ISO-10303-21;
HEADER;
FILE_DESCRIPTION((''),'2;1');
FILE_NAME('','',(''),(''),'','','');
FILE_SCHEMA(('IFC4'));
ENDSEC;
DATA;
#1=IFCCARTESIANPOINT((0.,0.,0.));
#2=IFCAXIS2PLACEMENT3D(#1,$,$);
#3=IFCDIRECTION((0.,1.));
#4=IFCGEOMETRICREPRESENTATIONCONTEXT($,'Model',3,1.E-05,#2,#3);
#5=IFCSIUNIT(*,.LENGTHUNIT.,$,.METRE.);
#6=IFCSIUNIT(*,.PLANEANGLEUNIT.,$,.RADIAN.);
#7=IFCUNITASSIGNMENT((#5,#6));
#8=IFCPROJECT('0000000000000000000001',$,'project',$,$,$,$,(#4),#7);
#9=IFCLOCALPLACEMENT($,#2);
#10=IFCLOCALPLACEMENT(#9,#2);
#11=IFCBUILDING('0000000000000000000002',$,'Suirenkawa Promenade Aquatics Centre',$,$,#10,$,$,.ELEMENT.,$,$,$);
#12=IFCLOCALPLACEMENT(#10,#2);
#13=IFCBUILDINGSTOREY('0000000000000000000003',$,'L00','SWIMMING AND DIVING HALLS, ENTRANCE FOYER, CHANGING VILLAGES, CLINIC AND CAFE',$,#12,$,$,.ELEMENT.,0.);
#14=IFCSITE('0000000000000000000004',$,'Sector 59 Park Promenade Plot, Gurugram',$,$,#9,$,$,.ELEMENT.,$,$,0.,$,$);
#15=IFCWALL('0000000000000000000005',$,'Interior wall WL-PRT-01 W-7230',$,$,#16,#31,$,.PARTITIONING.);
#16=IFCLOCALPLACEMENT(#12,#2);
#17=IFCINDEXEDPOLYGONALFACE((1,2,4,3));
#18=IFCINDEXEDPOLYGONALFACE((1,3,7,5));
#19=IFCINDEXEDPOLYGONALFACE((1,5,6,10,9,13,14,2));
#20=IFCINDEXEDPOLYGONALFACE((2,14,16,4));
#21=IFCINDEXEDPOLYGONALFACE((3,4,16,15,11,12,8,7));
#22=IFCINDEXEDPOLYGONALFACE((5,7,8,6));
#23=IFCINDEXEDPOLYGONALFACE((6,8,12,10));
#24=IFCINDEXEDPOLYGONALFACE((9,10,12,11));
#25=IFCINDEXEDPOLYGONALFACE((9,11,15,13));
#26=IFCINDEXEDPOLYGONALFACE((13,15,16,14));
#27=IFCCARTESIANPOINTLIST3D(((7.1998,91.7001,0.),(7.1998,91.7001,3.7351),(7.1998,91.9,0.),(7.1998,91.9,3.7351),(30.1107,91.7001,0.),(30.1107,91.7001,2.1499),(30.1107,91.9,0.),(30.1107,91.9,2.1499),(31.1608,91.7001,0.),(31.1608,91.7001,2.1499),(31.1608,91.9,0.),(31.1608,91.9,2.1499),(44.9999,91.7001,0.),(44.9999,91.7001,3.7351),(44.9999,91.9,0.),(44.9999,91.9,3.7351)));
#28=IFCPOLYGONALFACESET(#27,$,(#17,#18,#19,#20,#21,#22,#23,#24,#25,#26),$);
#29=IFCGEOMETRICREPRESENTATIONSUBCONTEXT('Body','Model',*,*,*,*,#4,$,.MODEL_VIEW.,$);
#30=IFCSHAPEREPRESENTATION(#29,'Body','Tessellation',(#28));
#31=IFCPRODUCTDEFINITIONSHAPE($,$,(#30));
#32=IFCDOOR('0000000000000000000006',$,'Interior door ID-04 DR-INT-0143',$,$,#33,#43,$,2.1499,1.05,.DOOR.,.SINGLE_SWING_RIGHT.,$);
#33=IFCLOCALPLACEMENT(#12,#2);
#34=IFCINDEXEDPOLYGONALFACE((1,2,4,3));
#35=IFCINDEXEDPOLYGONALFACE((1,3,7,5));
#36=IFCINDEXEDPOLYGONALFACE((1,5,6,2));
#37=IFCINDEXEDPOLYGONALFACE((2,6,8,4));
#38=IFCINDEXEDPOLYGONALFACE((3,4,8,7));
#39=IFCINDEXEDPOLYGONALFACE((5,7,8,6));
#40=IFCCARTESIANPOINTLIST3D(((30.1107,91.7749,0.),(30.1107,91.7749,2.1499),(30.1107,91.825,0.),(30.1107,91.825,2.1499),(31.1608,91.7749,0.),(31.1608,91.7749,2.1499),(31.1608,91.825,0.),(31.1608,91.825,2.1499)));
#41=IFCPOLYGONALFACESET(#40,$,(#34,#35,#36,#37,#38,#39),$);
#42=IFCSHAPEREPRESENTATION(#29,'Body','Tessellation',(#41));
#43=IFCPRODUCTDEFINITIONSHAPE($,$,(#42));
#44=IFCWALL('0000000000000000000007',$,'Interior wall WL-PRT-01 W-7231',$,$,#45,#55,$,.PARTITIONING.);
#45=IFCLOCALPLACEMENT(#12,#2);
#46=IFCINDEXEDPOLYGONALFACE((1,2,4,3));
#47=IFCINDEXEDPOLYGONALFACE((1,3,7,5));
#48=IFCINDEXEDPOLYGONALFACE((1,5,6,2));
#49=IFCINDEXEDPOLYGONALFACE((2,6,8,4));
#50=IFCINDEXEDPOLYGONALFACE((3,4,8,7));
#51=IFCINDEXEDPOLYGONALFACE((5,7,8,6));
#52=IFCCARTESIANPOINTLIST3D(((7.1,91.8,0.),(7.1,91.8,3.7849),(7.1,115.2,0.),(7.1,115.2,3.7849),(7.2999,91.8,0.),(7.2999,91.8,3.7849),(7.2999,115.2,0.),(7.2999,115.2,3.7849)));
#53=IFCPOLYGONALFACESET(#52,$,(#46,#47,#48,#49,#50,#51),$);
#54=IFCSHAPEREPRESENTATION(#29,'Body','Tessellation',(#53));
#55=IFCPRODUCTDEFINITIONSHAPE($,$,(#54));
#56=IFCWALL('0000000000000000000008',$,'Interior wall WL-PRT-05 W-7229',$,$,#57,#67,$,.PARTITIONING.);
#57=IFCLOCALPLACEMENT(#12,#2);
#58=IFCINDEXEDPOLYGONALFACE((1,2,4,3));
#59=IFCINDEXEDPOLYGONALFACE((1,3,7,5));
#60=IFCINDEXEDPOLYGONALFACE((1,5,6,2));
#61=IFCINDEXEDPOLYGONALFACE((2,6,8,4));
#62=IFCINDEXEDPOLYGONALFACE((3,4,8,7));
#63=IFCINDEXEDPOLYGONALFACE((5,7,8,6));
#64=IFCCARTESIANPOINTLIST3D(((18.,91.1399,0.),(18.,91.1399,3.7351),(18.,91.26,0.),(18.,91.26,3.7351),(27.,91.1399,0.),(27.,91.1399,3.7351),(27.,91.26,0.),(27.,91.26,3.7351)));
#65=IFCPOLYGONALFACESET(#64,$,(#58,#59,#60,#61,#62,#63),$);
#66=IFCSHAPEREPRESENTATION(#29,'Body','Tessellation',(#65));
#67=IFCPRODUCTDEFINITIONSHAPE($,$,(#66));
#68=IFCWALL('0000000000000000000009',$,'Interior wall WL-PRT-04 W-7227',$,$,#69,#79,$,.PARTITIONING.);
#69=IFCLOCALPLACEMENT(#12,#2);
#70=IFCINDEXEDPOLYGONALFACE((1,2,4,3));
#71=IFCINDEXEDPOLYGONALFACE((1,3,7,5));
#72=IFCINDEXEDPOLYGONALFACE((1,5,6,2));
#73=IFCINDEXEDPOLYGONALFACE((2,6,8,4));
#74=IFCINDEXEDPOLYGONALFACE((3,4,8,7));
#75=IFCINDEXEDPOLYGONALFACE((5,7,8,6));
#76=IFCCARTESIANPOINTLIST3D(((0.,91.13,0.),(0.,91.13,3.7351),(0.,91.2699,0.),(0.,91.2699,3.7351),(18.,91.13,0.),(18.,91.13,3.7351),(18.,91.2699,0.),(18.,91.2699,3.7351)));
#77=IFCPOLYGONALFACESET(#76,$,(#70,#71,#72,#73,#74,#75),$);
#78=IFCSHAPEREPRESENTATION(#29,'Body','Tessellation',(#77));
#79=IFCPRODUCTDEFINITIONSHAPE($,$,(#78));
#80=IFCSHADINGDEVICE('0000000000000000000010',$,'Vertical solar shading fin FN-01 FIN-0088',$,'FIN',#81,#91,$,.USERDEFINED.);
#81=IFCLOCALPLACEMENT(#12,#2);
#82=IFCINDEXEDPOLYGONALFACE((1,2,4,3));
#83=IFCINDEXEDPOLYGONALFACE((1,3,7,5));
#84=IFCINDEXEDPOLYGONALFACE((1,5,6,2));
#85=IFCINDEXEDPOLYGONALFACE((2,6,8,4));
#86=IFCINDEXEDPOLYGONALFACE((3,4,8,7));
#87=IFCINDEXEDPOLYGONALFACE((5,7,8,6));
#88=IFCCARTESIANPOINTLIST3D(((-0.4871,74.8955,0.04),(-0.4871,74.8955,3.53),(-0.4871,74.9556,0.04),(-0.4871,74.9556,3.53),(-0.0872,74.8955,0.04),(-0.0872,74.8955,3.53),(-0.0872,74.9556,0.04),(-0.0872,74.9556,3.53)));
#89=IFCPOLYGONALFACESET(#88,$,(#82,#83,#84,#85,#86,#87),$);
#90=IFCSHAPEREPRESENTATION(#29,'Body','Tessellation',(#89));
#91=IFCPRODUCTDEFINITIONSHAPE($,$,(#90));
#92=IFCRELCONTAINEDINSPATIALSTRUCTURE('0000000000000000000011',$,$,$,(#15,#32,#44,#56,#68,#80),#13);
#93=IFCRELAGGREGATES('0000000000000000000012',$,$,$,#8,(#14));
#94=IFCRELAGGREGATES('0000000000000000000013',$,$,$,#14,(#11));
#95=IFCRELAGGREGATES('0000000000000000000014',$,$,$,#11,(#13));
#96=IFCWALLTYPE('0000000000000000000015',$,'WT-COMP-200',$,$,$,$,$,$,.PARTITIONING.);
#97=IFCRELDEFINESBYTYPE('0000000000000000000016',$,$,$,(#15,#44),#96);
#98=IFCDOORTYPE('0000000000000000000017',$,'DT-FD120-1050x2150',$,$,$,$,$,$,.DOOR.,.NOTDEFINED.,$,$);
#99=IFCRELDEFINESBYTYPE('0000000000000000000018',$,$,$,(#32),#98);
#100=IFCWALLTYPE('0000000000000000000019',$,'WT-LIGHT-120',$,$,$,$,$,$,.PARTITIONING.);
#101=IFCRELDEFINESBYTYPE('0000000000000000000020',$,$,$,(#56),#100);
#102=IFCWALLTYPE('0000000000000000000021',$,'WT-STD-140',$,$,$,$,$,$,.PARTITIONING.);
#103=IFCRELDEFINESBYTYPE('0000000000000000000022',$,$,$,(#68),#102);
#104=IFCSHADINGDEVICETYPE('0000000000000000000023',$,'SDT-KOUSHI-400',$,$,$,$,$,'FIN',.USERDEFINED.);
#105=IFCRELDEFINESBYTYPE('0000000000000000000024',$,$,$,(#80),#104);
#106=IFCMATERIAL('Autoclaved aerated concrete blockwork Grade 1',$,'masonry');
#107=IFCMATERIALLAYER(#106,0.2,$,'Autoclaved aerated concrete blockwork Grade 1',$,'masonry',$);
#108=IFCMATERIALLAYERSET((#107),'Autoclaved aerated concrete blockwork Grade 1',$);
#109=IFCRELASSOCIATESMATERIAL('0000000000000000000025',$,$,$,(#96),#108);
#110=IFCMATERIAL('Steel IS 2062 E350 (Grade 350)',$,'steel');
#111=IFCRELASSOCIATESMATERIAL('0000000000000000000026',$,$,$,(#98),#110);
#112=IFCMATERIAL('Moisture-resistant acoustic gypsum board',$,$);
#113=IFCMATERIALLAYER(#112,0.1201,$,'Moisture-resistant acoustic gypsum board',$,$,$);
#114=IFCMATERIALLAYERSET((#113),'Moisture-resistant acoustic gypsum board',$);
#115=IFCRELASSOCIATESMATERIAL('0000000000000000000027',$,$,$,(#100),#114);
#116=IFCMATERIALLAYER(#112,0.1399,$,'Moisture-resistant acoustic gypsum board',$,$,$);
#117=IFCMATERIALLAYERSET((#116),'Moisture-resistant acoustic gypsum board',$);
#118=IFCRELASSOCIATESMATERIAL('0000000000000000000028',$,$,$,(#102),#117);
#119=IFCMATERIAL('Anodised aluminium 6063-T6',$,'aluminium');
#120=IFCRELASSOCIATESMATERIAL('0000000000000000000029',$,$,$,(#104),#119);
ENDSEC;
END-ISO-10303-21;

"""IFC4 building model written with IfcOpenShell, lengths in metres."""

from ifc_helpers import new_model, si_unit, direction, frame, frame_2d, origin, origin_2d, place, context, subcontext, project, spatial, rectangle, extrude, material, layer, layer_set, type_object, element, fill, save


model = new_model("IFC4")

# Units and contexts
model_context = context("Model", 3, precision=1e-05, world=origin(), true_north=direction((0.0, 1.0)))
body_context = subcontext(model_context, "Body", "Model", "MODEL_VIEW")
ifc_project = project(units=[si_unit("LENGTHUNIT", "METRE"), si_unit("PLANEANGLEUNIT", "RADIAN")], contexts=[model_context])

# Site, building, storey
site_placement = place(None, origin())
site = spatial("IfcSite", under=ifc_project, at=site_placement, Name="Sector 59 Park Promenade Plot, Gurugram", CompositionType="ELEMENT", RefElevation=0.0)
building_placement = place(site_placement, origin())
building = spatial("IfcBuilding", under=site, at=building_placement, Name="Suirenkawa Promenade Aquatics Centre", CompositionType="ELEMENT")
storey_placement = place(building_placement, origin())
storey = spatial("IfcBuildingStorey", under=building, at=storey_placement, Name="L00", Description="SWIMMING AND DIVING HALLS, ENTRANCE FOYER, CHANGING VILLAGES, CLINIC AND CAFE", CompositionType="ELEMENT", Elevation=0.0)

# Shared definitions
ifc_material_1 = material(Name="Steel IS 2062 E350 (Grade 350)", Category="steel")

# Shared definitions
ifc_material_2 = material(Name="Anodised aluminium 6063-T6", Category="aluminium")

# Wall, opening, door
ifc_material_3 = material(Name="Autoclaved aerated concrete blockwork Grade 1", Category="masonry")
ifc_layer_1 = layer(ifc_material_3, 0.2, Name="Autoclaved aerated concrete blockwork Grade 1", Category="masonry")
ifc_layer_set_1 = layer_set([ifc_layer_1], Name="Autoclaved aerated concrete blockwork Grade 1")
wall_type_1 = type_object("IfcWallType", Name="WT-COMP-200", PredefinedType="PARTITIONING", material=ifc_layer_set_1)
wall_1_placement = place(storey_placement, frame((7.2, 91.8, 0.0), z_axis=(0.0, 0.0, 1.0), x_axis=(1.0, 0.0, 0.0)))
wall_1 = element("IfcWall", 1, at=wall_1_placement, inside=storey, type_object=wall_type_1, Name="Interior wall WL-PRT-01 W-7230", PredefinedType="PARTITIONING", context=body_context, shape_type="SweptSolid", body=[
    extrude(rectangle(XDim=37.8, YDim=0.2, at=frame_2d((18.8999, 0.0))), origin(), (0.0, 0.0, 1.0), 3.7351),
])
opening_1_placement = place(wall_1_placement, frame((22.9109, 0.0, 0.0)))
opening_1 = element("IfcOpeningElement", 2, at=opening_1_placement, cuts=wall_1, PredefinedType="OPENING", context=body_context, shape_type="SweptSolid", body=[
    extrude(rectangle(XDim=1.05, YDim=2.1499, at=frame_2d((0.5249, 1.075))), frame((0.0, 0.1099, 0.0), z_axis=(0.0, -1.0, 0.0), x_axis=(1.0, 0.0, 0.0)), (0.0, 0.0, 1.0), 0.22),
])
door_type_1 = type_object("IfcDoorType", Name="DT-FD120-1050x2150", OperationType="NOTDEFINED", PredefinedType="DOOR", material=ifc_material_1)
door_1_placement = place(opening_1_placement, origin())
door_1 = element("IfcDoor", 3, at=door_1_placement, inside=storey, type_object=door_type_1, Name="Interior door ID-04 DR-INT-0143", OperationType="SINGLE_SWING_RIGHT", OverallHeight=2.1499, OverallWidth=1.05, PredefinedType="DOOR", context=body_context, shape_type="SweptSolid", body=[
    extrude(rectangle(XDim=1.05, YDim=2.1499, at=frame_2d((0.5249, 1.075))), frame((0.0, 0.0249, 0.0), z_axis=(0.0, -1.0, 0.0), x_axis=(1.0, 0.0, 0.0)), (0.0, 0.0, 1.0), 0.05),
])
fill(opening_1, door_1)

# Wall
wall_2_placement = place(storey_placement, frame((7.2, 91.8, 0.0), z_axis=(0.0, 0.0, 1.0), x_axis=(0.0, 1.0, 0.0)))
element("IfcWall", 4, at=wall_2_placement, inside=storey, type_object=wall_type_1, Name="Interior wall WL-PRT-01 W-7231", PredefinedType="PARTITIONING", context=body_context, shape_type="SweptSolid", body=[
    extrude(rectangle(XDim=23.3999, YDim=0.2, at=frame_2d((11.7, 0.0))), origin(), (0.0, 0.0, 1.0), 3.7849),
])

# Walls
ifc_material_4 = material(Name="Moisture-resistant acoustic gypsum board")
ifc_layer_2 = layer(ifc_material_4, 0.1201, Name="Moisture-resistant acoustic gypsum board")
ifc_layer_set_2 = layer_set([ifc_layer_2], Name="Moisture-resistant acoustic gypsum board")
wall_type_2 = type_object("IfcWallType", Name="WT-LIGHT-120", PredefinedType="PARTITIONING", material=ifc_layer_set_2)
wall_3_placement = place(storey_placement, frame((18.0, 91.2, 0.0), z_axis=(0.0, 0.0, 1.0), x_axis=(1.0, 0.0, 0.0)))
element("IfcWall", 5, at=wall_3_placement, inside=storey, type_object=wall_type_2, Name="Interior wall WL-PRT-05 W-7229", PredefinedType="PARTITIONING", context=body_context, shape_type="SweptSolid", body=[
    extrude(rectangle(XDim=9.0, YDim=0.1201, at=frame_2d((4.5, 0.0))), origin(), (0.0, 0.0, 1.0), 3.7351),
])
ifc_layer_3 = layer(ifc_material_4, 0.1399, Name="Moisture-resistant acoustic gypsum board")
ifc_layer_set_3 = layer_set([ifc_layer_3], Name="Moisture-resistant acoustic gypsum board")
wall_type_3 = type_object("IfcWallType", Name="WT-STD-140", PredefinedType="PARTITIONING", material=ifc_layer_set_3)
wall_4_placement = place(storey_placement, frame((0.0, 91.2, 0.0), z_axis=(0.0, 0.0, 1.0), x_axis=(1.0, 0.0, 0.0)))
element("IfcWall", 6, at=wall_4_placement, inside=storey, type_object=wall_type_3, Name="Interior wall WL-PRT-04 W-7227", PredefinedType="PARTITIONING", context=body_context, shape_type="SweptSolid", body=[
    extrude(rectangle(XDim=18.0, YDim=0.1399, at=frame_2d((9.0, 0.0))), origin(), (0.0, 0.0, 1.0), 3.7351),
])

# Shading device
shading_device_type = type_object("IfcShadingDeviceType", Name="SDT-KOUSHI-400", ElementType="FIN", PredefinedType="USERDEFINED", material=ifc_material_2)
shading_device_placement = place(storey_placement, frame((-0.2871, 74.9255, 0.04), z_axis=(0.0, 0.0, 1.0), x_axis=(-1.0, 0.0, 0.0)))
element("IfcShadingDevice", 7, at=shading_device_placement, inside=storey, type_object=shading_device_type, Name="Vertical solar shading fin FN-01 FIN-0088", ObjectType="FIN", PredefinedType="USERDEFINED", context=body_context, shape_type="SweptSolid", body=[
    extrude(rectangle(XDim=0.3999, YDim=0.0601, at=origin_2d()), origin(), (0.0, 0.0, 1.0), 3.49),
])

save(model, "model.ifc")
